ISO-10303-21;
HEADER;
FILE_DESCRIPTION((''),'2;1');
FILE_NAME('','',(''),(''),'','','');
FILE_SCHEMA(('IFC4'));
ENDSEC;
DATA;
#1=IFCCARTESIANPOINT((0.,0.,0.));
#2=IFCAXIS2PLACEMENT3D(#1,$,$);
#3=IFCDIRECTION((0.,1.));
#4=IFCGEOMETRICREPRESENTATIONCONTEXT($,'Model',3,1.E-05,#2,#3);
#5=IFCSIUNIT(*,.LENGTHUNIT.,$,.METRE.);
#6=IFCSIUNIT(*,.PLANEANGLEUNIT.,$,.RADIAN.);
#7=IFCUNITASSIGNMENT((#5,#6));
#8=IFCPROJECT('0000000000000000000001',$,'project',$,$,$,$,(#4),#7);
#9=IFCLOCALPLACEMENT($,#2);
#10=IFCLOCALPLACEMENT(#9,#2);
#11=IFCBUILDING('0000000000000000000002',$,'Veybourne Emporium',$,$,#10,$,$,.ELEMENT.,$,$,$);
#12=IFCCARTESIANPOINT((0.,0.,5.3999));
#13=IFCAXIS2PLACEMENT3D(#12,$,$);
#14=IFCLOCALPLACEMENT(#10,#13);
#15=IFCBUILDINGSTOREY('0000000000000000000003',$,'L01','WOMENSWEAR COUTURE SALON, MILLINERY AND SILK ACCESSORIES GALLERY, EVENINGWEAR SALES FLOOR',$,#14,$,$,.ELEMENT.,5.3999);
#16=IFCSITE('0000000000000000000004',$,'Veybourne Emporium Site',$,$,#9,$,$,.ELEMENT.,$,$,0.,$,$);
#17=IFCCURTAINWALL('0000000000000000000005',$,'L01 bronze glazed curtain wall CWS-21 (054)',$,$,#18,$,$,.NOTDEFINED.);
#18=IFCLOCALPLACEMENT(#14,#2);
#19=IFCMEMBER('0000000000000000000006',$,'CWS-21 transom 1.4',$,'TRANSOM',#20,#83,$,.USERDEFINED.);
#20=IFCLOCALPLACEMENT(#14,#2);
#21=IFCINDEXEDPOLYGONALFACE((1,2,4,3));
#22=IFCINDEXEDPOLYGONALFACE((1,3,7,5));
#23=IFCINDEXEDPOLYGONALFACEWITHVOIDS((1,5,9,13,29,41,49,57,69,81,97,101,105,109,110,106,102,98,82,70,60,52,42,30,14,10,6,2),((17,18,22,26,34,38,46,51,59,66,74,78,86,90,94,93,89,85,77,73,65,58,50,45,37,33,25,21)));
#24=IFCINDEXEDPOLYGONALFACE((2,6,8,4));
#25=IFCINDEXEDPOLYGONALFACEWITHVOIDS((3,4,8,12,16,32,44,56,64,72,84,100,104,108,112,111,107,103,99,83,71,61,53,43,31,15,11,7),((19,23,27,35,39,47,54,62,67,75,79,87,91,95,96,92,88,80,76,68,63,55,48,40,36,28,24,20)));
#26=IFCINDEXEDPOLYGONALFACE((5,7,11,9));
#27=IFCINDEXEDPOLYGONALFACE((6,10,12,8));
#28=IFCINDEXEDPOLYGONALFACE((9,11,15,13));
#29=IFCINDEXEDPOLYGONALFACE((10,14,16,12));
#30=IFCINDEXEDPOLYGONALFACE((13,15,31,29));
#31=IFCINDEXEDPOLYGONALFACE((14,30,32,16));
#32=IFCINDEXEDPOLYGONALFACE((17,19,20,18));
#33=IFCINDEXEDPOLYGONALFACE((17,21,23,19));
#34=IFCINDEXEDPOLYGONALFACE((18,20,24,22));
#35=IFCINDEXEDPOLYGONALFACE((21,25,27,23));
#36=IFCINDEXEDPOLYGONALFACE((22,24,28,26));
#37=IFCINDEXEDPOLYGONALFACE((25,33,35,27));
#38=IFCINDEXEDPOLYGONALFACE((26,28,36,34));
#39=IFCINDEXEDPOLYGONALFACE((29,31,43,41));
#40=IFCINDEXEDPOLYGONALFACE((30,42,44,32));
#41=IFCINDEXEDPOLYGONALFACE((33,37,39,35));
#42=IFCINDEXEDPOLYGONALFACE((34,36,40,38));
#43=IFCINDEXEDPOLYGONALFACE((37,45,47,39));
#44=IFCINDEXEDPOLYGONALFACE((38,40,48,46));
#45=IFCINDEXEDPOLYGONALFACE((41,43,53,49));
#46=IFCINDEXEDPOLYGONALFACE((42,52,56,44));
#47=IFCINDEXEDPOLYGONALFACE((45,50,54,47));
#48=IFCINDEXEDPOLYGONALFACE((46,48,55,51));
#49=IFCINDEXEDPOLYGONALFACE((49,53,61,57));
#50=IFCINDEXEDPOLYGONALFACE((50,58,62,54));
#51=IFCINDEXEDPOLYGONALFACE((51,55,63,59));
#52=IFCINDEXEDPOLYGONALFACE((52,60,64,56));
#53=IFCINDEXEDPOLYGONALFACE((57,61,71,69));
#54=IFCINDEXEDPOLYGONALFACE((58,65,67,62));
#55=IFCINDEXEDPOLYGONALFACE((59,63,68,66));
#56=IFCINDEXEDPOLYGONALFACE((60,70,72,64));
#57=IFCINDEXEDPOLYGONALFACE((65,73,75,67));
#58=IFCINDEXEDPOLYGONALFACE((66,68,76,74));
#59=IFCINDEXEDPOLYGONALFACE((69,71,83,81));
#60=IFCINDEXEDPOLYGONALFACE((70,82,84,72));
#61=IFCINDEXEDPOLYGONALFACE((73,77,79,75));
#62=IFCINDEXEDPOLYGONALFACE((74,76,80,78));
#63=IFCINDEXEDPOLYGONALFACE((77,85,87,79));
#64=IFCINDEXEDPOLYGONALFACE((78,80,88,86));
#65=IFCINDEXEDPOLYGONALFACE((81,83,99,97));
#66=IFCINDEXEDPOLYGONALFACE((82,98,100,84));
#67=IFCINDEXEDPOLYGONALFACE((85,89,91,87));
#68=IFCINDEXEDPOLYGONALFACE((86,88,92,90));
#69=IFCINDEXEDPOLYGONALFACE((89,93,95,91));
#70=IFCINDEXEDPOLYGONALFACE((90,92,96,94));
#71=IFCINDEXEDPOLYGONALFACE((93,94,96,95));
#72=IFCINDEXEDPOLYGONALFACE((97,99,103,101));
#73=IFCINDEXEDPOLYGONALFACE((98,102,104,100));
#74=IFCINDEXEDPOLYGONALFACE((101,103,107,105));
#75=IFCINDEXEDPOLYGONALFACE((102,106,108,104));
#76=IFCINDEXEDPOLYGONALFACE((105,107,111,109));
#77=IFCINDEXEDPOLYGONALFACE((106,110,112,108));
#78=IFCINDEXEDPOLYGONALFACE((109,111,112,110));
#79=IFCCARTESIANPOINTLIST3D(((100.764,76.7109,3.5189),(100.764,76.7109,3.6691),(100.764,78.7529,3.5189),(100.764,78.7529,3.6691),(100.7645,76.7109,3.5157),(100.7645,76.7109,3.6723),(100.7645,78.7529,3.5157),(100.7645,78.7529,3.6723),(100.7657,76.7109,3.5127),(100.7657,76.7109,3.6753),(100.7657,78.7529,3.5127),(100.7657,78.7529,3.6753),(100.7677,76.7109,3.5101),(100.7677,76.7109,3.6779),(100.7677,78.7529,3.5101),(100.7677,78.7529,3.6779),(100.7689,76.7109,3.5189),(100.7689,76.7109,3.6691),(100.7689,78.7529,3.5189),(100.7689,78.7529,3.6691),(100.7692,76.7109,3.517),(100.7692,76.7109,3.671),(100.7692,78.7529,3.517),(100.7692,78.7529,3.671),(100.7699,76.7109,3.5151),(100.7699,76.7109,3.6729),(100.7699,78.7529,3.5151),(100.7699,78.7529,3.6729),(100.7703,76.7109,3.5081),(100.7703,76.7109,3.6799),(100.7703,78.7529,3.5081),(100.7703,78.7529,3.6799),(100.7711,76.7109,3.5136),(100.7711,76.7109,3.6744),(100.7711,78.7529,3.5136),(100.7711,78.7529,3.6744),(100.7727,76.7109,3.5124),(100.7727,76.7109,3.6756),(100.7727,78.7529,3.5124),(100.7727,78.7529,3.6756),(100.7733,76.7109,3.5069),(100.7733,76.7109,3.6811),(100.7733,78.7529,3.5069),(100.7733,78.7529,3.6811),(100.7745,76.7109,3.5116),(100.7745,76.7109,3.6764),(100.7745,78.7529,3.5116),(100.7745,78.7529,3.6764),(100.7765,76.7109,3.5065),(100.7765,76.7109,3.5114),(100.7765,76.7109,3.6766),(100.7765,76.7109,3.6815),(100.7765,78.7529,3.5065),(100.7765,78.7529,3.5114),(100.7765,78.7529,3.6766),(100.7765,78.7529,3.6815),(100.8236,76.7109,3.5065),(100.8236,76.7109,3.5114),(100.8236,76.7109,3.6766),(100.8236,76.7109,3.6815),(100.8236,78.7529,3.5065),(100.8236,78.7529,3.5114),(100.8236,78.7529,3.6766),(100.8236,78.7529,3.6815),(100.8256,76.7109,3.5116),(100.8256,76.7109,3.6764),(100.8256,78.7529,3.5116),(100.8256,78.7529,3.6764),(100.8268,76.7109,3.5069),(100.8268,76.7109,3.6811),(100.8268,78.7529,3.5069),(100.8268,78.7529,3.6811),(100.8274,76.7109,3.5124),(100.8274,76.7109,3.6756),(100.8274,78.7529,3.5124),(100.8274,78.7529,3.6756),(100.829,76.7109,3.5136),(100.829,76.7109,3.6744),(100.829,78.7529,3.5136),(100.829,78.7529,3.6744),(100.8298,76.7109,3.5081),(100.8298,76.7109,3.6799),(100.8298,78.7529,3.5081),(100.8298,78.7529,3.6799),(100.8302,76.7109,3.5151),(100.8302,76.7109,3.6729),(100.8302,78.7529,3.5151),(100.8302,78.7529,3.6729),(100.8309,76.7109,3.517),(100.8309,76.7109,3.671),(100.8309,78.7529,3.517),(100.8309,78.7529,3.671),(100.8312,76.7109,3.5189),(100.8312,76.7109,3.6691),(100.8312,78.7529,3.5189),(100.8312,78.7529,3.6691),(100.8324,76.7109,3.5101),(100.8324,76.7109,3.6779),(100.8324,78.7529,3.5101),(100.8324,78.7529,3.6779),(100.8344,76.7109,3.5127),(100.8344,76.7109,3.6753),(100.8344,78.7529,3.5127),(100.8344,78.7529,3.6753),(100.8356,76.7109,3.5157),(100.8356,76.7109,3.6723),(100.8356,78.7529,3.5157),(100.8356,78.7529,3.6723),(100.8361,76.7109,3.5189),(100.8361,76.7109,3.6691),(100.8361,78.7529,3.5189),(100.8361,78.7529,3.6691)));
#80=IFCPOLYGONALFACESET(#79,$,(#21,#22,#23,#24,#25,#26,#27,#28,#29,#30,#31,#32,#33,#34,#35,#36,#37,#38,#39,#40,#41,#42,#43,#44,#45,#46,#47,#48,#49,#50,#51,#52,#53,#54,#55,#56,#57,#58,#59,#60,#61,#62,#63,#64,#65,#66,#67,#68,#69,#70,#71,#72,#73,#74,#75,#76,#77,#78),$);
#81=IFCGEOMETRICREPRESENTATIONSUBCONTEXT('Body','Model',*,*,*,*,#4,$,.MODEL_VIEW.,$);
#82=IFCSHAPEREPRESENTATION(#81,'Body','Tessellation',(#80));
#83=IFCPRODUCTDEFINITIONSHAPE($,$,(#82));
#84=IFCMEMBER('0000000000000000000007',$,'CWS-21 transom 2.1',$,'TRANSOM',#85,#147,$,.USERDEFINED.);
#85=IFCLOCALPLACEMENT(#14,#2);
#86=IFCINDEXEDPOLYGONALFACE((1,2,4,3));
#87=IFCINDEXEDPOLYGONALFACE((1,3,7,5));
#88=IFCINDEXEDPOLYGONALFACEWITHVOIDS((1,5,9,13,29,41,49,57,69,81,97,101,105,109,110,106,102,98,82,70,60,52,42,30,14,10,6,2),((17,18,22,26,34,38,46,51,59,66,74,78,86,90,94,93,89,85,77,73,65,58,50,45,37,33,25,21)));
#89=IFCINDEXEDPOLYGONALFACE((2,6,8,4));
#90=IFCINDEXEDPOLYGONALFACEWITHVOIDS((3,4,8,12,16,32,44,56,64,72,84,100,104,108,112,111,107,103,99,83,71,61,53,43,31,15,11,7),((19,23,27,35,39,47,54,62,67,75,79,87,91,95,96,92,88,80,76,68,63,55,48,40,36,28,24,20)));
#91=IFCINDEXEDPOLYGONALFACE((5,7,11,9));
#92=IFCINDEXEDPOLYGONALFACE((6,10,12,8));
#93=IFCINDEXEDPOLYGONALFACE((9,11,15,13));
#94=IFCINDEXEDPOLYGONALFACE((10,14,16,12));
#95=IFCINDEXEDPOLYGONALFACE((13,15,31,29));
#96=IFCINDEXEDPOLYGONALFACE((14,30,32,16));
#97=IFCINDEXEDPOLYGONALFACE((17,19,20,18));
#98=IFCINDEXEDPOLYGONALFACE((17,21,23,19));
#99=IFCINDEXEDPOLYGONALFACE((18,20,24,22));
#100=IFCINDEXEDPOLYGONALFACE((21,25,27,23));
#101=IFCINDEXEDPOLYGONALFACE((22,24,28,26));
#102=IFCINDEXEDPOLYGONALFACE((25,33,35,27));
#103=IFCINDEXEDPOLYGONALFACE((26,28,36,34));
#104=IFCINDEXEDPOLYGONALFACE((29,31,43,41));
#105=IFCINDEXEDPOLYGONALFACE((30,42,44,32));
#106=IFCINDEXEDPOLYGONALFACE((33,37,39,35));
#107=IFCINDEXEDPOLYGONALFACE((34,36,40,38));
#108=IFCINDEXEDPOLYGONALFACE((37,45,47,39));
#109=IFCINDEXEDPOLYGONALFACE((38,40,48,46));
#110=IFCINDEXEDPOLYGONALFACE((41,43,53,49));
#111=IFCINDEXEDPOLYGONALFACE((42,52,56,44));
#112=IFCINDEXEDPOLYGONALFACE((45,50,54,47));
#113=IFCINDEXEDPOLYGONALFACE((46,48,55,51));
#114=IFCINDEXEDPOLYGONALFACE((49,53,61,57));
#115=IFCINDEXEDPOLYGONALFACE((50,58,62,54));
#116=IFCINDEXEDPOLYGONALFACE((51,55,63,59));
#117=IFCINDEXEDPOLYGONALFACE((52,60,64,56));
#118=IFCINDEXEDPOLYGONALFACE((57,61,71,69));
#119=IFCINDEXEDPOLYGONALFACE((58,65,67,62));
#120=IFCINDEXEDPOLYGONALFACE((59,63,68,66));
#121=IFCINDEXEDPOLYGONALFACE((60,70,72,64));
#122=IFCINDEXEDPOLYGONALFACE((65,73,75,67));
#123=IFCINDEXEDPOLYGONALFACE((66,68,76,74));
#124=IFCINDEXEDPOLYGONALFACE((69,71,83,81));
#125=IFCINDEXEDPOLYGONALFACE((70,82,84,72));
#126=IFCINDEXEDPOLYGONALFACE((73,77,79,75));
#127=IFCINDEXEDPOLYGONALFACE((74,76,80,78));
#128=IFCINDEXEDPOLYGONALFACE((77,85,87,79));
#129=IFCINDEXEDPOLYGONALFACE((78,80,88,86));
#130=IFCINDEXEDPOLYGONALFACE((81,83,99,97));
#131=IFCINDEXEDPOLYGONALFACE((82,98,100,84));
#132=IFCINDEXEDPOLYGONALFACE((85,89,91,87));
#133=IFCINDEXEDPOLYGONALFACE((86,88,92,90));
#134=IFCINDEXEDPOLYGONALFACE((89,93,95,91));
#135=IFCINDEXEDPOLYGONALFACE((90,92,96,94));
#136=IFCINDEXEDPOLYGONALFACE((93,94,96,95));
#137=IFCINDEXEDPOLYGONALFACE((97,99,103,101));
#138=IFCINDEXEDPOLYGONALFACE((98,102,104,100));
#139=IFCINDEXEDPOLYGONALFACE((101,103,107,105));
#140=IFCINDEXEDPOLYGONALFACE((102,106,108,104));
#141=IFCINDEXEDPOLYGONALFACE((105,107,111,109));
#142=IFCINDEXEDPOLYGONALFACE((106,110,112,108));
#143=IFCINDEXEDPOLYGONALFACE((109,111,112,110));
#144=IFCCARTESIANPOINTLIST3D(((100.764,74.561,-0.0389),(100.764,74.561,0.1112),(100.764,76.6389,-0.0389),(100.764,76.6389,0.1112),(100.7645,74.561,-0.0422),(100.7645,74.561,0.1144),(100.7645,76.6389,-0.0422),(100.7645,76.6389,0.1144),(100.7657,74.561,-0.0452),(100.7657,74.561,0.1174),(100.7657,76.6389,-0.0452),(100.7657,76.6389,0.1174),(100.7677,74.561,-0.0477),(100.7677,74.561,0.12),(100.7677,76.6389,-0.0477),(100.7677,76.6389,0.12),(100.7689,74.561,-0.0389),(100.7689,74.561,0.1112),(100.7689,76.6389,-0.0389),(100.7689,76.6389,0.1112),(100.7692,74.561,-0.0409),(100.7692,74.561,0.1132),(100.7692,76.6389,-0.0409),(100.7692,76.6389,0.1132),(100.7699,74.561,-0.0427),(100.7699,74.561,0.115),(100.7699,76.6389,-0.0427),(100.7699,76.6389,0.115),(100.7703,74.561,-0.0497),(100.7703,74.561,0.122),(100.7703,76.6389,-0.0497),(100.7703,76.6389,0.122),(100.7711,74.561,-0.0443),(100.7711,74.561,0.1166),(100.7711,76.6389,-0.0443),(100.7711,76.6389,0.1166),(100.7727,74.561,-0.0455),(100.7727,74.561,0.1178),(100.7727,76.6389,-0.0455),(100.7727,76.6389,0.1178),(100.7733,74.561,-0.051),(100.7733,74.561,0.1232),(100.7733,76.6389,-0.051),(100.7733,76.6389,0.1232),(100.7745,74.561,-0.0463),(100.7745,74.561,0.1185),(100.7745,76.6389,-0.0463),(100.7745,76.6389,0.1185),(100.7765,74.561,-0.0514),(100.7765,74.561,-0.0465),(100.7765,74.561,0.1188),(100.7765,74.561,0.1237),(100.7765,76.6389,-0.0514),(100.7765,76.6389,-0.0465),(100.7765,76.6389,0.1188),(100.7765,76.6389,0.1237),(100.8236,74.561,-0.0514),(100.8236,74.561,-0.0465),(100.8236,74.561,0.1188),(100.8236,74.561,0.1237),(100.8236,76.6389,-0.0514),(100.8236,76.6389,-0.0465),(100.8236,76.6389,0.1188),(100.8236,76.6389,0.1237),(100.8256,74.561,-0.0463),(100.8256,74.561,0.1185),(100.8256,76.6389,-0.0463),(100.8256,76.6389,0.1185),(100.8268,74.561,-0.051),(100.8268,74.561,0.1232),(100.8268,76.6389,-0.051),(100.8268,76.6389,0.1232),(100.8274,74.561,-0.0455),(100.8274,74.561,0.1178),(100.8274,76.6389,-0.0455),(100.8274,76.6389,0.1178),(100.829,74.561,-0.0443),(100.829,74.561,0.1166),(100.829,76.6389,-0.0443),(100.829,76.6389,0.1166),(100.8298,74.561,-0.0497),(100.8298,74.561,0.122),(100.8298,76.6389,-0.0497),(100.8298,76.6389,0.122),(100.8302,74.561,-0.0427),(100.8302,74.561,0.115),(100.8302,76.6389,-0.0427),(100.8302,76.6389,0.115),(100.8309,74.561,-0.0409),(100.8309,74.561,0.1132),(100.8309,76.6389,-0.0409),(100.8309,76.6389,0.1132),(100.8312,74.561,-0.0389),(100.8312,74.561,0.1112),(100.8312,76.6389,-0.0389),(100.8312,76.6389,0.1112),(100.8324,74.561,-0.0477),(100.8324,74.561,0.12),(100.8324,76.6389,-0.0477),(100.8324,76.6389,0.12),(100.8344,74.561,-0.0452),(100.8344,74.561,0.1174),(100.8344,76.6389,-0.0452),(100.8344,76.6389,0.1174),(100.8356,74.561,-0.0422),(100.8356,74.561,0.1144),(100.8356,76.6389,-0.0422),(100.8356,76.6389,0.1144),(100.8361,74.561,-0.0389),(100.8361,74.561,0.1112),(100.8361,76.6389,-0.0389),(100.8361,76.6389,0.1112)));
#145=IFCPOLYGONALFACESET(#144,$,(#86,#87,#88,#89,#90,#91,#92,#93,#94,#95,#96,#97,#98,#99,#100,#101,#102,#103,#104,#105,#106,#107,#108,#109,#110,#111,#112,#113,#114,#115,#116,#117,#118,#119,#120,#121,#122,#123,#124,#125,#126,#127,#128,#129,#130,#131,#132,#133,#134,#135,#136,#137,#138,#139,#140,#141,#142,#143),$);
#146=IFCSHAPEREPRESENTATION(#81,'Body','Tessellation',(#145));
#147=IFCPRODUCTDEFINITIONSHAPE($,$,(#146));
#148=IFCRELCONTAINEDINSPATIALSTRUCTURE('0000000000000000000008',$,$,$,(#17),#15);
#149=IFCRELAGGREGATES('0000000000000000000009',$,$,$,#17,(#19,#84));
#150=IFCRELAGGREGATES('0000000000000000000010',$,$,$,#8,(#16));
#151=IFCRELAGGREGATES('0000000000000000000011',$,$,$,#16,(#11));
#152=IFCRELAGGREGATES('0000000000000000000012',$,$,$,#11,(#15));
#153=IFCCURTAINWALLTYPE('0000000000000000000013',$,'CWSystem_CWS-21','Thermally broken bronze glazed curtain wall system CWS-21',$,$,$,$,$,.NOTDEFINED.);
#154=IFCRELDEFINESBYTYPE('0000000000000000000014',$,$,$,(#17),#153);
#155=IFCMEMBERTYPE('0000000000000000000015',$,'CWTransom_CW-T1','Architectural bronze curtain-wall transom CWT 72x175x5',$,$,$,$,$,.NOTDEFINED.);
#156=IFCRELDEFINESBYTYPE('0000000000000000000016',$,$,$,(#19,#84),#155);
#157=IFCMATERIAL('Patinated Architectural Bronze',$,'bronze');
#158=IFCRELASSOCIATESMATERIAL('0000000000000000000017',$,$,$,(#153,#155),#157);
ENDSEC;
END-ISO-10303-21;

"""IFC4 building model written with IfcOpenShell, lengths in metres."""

from ifc_helpers import new_model, si_unit, direction, frame, origin, origin_2d, place, context, subcontext, project, spatial, hollow_rectangle, extrude, material, material_profile, profile_set, type_object, element, aggregate, save


model = new_model("IFC4")

# Units and contexts
model_context = context("Model", 3, precision=1e-05, world=origin(), true_north=direction((0.0, 1.0)))
body_context = subcontext(model_context, "Body", "Model", "MODEL_VIEW")
ifc_project = project(units=[si_unit("LENGTHUNIT", "METRE"), si_unit("PLANEANGLEUNIT", "RADIAN")], contexts=[model_context])

# Site, building, storey
site_placement = place(None, origin())
site = spatial("IfcSite", under=ifc_project, at=site_placement, Name="Veybourne Emporium Site", CompositionType="ELEMENT", RefElevation=0.0)
building_placement = place(site_placement, origin())
building = spatial("IfcBuilding", under=site, at=building_placement, Name="Veybourne Emporium", CompositionType="ELEMENT")
storey_placement = place(building_placement, frame((0.0, 0.0, 5.3999)))
storey = spatial("IfcBuildingStorey", under=building, at=storey_placement, Name="L01", Description="WOMENSWEAR COUTURE SALON, MILLINERY AND SILK ACCESSORIES GALLERY, EVENINGWEAR SALES FLOOR", CompositionType="ELEMENT", Elevation=5.3999)

# Curtain wall, members
ifc_material_1 = material(Name="Patinated Architectural Bronze", Category="bronze")
curtain_wall_type = type_object("IfcCurtainWallType", Name="CWSystem_CWS-21", Description="Thermally broken bronze glazed curtain wall system CWS-21", PredefinedType="NOTDEFINED", material=ifc_material_1)
curtain_wall_placement = place(storey_placement, origin())
curtain_wall = element("IfcCurtainWall", 1, at=curtain_wall_placement, inside=storey, type_object=curtain_wall_type, Name="L01 bronze glazed curtain wall CWS-21 (054)", PredefinedType="NOTDEFINED")
ifc_material_profile_1 = material_profile(ifc_material_1, hollow_rectangle(XDim=0.072, YDim=0.175, WallThickness=0.0049, InnerFilletRadius=0.0076, OuterFilletRadius=0.0125, at=origin_2d()), Name="CWT 72x175x5")
ifc_profile_set_1 = profile_set([ifc_material_profile_1], Name="Patinated Architectural Bronze")
member_type_1 = type_object("IfcMemberType", Name="CWTransom_CW-T1", Description="Architectural bronze curtain-wall transom CWT 72x175x5", PredefinedType="NOTDEFINED", material=ifc_profile_set_1)
member_1_placement = place(storey_placement, frame((100.8, 78.7529, 3.594), z_axis=(0.0, -1.0, 0.0), x_axis=(1.0, 0.0, 0.0)))
member_1 = element("IfcMember", 2, at=member_1_placement, type_object=member_type_1, Name="CWS-21 transom 1.4", ObjectType="TRANSOM", PredefinedType="USERDEFINED", context=body_context, shape_type="SweptSolid", body=[
    extrude(hollow_rectangle(XDim=0.072, YDim=0.175, WallThickness=0.0049, InnerFilletRadius=0.0076, OuterFilletRadius=0.0125, at=origin_2d()), origin(), (0.0, 0.0, 1.0), 2.042),
])
member_2_placement = place(storey_placement, frame((100.8, 76.6389, 0.0361), z_axis=(0.0, -1.0, 0.0), x_axis=(1.0, 0.0, 0.0)))
member_2 = element("IfcMember", 3, at=member_2_placement, type_object=member_type_1, Name="CWS-21 transom 2.1", ObjectType="TRANSOM", PredefinedType="USERDEFINED", context=body_context, shape_type="SweptSolid", body=[
    extrude(hollow_rectangle(XDim=0.072, YDim=0.175, WallThickness=0.0049, InnerFilletRadius=0.0076, OuterFilletRadius=0.0125, at=origin_2d()), origin(), (0.0, 0.0, 1.0), 2.0779),
])
aggregate(curtain_wall, [member_1, member_2])

save(model, "model.ifc")
